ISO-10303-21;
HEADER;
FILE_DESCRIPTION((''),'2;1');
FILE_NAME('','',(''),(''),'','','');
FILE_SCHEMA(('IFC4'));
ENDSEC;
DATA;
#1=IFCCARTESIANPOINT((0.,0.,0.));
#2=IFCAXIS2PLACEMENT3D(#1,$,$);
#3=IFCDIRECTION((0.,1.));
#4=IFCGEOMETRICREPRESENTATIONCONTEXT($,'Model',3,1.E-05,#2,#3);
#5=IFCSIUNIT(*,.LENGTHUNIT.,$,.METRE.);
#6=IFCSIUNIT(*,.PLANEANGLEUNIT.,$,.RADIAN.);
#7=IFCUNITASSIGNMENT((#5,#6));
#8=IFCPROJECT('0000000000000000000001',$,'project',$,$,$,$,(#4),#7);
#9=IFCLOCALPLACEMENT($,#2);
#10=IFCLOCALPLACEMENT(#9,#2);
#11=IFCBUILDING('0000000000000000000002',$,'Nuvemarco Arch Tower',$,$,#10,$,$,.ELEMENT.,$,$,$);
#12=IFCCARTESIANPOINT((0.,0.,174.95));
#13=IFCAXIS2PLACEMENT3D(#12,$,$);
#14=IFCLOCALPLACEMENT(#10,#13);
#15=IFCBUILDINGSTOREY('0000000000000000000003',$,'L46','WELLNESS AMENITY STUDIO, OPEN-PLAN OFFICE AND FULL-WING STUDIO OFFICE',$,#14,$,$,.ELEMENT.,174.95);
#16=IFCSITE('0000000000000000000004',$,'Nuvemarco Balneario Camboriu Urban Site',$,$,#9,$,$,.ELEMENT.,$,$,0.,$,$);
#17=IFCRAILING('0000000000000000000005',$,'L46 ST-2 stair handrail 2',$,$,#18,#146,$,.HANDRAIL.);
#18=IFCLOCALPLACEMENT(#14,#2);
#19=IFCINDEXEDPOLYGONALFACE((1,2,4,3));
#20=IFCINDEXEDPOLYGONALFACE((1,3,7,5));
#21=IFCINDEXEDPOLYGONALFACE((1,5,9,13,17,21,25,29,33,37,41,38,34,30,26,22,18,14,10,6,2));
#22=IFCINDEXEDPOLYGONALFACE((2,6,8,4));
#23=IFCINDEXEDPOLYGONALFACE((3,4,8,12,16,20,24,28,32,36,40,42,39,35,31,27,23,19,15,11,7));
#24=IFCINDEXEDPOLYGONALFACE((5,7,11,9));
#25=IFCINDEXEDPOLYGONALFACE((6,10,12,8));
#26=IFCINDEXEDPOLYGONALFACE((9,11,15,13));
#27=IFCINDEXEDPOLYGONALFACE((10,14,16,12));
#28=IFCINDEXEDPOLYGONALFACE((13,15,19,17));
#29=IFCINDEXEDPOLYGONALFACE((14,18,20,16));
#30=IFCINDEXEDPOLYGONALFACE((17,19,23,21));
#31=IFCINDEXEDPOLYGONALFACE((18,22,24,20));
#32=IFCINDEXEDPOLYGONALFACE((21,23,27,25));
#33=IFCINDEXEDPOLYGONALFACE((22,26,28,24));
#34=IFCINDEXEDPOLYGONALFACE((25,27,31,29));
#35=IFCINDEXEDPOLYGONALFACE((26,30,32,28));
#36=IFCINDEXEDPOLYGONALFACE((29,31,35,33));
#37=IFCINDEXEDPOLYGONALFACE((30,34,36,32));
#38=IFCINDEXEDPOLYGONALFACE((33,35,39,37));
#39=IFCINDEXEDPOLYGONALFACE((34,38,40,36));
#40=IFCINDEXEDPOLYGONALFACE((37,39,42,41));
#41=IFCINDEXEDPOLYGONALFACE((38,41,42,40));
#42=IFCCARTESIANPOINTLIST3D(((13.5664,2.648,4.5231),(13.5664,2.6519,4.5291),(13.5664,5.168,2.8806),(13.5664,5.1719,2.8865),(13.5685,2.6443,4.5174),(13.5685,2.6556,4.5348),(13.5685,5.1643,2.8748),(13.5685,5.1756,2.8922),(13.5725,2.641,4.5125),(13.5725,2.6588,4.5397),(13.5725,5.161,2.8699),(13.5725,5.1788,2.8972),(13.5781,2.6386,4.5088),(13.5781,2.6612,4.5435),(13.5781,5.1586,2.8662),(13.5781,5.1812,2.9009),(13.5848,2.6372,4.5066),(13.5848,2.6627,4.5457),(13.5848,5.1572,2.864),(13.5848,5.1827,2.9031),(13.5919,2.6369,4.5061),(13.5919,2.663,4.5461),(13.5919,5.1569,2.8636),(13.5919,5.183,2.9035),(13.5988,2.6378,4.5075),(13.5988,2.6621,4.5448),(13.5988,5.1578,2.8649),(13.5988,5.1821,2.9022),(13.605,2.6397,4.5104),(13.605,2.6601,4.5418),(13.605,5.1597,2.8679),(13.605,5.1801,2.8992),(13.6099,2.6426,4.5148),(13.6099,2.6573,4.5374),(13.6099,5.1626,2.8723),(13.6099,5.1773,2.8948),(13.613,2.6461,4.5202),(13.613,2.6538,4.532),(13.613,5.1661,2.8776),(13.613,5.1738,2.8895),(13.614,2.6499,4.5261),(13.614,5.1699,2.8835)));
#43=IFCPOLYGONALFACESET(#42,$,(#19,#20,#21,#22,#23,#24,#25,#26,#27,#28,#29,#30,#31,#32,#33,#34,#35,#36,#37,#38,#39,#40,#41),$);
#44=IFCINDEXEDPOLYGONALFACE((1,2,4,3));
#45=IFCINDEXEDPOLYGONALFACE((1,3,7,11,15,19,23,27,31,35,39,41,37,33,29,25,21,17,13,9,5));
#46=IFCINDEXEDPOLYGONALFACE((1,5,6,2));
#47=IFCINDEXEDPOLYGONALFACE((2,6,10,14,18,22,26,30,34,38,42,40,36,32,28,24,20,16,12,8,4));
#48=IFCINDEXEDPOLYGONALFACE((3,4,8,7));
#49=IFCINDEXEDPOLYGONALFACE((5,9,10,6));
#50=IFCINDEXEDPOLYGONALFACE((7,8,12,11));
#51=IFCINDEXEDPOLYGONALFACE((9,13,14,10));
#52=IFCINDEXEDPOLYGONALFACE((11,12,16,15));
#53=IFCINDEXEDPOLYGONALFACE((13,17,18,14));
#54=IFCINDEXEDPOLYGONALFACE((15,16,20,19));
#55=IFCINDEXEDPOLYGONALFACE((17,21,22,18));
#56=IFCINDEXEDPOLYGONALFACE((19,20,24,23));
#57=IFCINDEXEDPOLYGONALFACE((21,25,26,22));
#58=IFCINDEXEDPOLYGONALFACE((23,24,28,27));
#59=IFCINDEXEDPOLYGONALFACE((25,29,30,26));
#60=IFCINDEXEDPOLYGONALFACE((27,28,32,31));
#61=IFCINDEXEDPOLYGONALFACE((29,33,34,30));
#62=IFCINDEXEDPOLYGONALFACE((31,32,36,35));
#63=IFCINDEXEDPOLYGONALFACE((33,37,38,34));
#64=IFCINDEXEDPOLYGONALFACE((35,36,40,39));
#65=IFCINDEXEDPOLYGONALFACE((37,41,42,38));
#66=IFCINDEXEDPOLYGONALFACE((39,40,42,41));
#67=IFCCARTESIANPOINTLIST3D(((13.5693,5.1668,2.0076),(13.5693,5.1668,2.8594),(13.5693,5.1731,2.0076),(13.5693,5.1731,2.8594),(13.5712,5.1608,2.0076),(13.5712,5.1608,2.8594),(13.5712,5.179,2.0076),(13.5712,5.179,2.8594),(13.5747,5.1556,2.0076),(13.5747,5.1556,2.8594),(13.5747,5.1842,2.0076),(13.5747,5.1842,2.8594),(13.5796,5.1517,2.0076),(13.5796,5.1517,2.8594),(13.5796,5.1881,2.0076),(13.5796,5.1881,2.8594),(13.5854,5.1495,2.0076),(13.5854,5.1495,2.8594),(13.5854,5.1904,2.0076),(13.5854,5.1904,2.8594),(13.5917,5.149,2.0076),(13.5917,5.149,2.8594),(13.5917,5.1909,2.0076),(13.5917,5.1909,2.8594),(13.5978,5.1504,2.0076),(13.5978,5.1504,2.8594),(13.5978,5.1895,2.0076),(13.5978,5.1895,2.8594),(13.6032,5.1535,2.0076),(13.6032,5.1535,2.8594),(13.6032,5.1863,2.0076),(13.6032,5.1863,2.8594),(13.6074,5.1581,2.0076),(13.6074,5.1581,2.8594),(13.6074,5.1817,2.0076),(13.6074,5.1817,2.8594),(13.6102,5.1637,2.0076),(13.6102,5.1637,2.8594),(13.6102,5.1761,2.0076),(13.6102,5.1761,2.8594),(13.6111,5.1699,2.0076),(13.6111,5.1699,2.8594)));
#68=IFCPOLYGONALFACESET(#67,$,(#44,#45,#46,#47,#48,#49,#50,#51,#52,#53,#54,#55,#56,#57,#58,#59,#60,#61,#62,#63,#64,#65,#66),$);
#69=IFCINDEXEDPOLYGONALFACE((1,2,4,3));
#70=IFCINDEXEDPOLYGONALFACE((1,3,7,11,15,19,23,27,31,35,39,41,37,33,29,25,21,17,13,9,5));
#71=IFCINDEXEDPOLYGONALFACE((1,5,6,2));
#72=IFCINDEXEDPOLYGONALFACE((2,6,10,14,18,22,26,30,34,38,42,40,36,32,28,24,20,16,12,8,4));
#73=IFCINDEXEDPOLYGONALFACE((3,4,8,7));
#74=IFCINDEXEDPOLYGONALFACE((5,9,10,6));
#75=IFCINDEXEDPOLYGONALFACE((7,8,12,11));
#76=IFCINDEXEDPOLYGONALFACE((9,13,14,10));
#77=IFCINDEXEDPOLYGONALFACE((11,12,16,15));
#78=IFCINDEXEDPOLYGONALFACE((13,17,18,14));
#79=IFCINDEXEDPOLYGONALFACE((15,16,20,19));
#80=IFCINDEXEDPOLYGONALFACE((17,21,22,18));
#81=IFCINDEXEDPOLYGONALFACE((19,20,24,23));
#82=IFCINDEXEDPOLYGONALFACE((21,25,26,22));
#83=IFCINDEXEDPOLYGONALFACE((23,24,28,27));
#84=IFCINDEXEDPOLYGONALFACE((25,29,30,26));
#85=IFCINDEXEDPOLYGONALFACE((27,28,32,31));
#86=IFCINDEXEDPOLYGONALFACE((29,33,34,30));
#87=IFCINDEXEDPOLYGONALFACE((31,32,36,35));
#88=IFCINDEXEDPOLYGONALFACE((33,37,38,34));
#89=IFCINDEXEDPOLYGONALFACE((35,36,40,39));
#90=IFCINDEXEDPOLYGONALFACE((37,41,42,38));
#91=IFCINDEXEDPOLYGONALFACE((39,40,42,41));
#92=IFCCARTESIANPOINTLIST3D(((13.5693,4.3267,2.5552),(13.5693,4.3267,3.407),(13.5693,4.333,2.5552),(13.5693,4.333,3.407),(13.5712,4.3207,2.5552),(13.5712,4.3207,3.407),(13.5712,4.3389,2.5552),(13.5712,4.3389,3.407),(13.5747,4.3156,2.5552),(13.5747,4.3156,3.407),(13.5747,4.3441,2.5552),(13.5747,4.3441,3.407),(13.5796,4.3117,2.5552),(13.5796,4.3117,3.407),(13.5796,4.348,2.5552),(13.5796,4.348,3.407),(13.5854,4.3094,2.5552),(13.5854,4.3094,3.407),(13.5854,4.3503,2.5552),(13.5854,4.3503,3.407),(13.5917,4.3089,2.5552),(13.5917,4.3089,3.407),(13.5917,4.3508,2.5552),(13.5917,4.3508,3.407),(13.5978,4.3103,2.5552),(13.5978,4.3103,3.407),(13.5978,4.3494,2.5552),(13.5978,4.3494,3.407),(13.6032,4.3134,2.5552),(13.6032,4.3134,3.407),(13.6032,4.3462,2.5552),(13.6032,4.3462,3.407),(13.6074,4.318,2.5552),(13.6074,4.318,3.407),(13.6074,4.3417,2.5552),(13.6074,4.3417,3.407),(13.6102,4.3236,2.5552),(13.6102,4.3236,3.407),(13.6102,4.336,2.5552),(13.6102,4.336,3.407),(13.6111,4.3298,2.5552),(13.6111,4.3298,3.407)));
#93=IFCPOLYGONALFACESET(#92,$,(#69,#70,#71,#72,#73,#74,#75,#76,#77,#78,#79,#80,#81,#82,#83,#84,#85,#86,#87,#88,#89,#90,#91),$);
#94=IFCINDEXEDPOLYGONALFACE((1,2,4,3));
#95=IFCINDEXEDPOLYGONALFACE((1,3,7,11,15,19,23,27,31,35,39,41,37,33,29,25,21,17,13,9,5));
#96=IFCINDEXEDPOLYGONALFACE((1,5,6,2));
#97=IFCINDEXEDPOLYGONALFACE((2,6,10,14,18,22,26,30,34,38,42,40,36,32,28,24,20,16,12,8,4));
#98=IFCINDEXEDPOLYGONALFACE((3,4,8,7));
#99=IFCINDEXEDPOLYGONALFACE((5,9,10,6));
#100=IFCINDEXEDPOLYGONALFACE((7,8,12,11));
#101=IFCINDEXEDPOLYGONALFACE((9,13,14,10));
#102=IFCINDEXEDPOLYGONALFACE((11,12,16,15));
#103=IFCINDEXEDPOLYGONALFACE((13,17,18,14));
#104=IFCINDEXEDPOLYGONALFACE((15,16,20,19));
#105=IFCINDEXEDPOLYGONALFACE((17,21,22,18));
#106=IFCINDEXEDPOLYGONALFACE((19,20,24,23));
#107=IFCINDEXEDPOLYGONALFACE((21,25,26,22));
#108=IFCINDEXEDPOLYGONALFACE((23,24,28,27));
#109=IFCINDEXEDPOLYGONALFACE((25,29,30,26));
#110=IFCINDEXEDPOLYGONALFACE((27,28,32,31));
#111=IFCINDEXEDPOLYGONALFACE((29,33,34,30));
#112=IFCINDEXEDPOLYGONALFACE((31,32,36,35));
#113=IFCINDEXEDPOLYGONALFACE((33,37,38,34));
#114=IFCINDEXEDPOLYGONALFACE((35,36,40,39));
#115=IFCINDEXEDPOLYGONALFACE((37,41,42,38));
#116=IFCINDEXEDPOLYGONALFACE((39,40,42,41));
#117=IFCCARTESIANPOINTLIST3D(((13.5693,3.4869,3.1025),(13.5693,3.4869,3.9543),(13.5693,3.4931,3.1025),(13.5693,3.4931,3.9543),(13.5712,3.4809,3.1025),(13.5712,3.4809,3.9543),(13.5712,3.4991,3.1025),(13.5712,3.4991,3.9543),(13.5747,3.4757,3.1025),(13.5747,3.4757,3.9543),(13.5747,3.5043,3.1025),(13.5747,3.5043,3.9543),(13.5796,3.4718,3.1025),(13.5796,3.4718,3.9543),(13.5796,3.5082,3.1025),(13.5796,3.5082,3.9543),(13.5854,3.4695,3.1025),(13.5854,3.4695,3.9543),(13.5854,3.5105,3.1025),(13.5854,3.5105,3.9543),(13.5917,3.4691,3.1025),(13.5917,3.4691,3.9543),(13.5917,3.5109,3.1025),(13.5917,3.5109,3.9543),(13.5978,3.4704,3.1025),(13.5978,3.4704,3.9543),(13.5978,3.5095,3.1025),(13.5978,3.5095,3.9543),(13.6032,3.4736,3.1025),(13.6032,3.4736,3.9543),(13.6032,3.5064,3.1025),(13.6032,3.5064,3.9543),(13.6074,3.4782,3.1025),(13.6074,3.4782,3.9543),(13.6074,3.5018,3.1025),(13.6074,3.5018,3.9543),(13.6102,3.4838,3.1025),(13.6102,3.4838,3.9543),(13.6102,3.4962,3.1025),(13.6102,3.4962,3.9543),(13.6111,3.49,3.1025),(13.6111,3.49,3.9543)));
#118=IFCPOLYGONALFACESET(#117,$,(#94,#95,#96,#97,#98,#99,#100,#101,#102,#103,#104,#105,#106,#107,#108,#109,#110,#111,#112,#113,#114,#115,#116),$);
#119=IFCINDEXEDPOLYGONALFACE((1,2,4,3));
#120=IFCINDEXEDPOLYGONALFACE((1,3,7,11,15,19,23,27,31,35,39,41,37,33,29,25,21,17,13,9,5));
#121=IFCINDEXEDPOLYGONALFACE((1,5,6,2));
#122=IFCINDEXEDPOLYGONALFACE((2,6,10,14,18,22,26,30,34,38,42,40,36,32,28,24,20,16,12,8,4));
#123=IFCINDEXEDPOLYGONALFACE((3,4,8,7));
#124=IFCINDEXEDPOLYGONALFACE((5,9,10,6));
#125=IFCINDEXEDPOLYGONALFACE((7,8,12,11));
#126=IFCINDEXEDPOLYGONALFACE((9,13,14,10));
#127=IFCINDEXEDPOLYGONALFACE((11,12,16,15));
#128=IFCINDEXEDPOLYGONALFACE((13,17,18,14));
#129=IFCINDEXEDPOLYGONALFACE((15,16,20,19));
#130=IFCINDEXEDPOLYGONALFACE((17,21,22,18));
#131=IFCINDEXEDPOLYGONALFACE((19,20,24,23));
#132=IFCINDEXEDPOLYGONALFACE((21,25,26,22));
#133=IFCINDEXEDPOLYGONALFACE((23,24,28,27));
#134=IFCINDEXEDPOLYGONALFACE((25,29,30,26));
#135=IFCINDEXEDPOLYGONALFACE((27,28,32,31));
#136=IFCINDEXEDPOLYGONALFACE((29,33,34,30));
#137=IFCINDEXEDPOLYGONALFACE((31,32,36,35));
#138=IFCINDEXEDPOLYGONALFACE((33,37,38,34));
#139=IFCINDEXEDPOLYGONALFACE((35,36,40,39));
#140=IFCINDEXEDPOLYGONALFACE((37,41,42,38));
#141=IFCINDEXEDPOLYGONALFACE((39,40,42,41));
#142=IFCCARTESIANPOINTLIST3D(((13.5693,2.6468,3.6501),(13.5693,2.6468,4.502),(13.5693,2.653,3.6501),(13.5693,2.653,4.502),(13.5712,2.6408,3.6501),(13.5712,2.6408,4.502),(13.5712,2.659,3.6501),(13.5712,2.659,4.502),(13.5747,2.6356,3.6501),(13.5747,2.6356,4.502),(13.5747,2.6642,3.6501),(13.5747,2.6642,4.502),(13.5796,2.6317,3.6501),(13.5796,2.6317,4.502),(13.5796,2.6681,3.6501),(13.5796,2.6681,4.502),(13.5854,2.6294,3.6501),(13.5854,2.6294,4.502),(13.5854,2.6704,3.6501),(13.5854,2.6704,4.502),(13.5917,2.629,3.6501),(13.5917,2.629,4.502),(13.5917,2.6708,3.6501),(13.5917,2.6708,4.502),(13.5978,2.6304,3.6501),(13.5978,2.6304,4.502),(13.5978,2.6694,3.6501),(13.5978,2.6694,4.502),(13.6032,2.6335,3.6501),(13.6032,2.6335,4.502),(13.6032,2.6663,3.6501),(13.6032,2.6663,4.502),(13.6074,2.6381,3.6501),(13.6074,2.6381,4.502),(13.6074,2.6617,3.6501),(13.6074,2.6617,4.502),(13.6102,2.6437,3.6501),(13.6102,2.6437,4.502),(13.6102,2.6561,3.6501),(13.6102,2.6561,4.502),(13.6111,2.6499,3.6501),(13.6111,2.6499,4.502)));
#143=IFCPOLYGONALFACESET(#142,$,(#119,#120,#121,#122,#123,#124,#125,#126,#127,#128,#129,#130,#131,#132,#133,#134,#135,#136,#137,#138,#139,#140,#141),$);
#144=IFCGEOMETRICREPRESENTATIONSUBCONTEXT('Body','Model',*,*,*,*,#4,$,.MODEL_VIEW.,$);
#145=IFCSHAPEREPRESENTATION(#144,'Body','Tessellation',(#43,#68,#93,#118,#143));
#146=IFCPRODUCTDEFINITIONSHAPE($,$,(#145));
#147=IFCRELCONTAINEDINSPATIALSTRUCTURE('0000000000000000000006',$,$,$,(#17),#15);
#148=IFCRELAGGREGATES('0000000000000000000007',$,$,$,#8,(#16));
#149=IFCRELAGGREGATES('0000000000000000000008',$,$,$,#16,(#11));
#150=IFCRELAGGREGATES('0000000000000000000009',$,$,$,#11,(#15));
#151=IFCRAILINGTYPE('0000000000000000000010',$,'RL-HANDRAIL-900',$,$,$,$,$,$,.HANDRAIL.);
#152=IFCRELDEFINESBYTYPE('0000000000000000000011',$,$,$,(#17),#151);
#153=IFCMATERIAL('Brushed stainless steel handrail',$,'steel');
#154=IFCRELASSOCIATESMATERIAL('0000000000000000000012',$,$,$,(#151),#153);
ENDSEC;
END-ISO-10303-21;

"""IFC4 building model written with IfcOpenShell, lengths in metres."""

from ifc_helpers import new_model, si_unit, direction, frame, origin, origin_2d, place, context, subcontext, project, spatial, circle, extrude, material, type_object, element, save


model = new_model("IFC4")

# Units and contexts
model_context = context("Model", 3, precision=1e-05, world=origin(), true_north=direction((0.0, 1.0)))
body_context = subcontext(model_context, "Body", "Model", "MODEL_VIEW")
ifc_project = project(units=[si_unit("LENGTHUNIT", "METRE"), si_unit("PLANEANGLEUNIT", "RADIAN")], contexts=[model_context])

# Site, building, storey
site_placement = place(None, origin())
site = spatial("IfcSite", under=ifc_project, at=site_placement, Name="Nuvemarco Balneario Camboriu Urban Site", CompositionType="ELEMENT", RefElevation=0.0)
building_placement = place(site_placement, origin())
building = spatial("IfcBuilding", under=site, at=building_placement, Name="Nuvemarco Arch Tower", CompositionType="ELEMENT")
storey_placement = place(building_placement, frame((0.0, 0.0, 174.95)))
storey = spatial("IfcBuildingStorey", under=building, at=storey_placement, Name="L46", Description="WELLNESS AMENITY STUDIO, OPEN-PLAN OFFICE AND FULL-WING STUDIO OFFICE", CompositionType="ELEMENT", Elevation=174.95)

# Railing
ifc_material_1 = material(Name="Brushed stainless steel handrail", Category="steel")
railing_type_1 = type_object("IfcRailingType", Name="RL-HANDRAIL-900", PredefinedType="HANDRAIL", material=ifc_material_1)
railing_1_placement = place(storey_placement, frame((13.5901, 5.1699, 2.0076)))
element("IfcRailing", 1, at=railing_1_placement, inside=storey, type_object=railing_type_1, Name="L46 ST-2 stair handrail 2", PredefinedType="HANDRAIL", context=body_context, shape_type="SweptSolid", body=[
    extrude(circle(Radius=0.0239, at=origin_2d()), frame((0.0, 0.0, 0.876), z_axis=(0.0, -0.837749, 0.546055), x_axis=(1.0, 0.0, 0.0)), (0.0, 0.0, 1.0), 3.0081),
    extrude(circle(Radius=0.021, at=origin_2d()), origin(), (0.0, 0.0, 1.0), 0.8518),
    extrude(circle(Radius=0.021, at=origin_2d()), frame((0.0, -0.8401, 0.5476)), (0.0, 0.0, 1.0), 0.8518),
    extrude(circle(Radius=0.021, at=origin_2d()), frame((0.0, -1.6799, 1.095)), (0.0, 0.0, 1.0), 0.8518),
    extrude(circle(Radius=0.021, at=origin_2d()), frame((0.0, -2.52, 1.6426)), (0.0, 0.0, 1.0), 0.8518),
])

save(model, "model.ifc")
